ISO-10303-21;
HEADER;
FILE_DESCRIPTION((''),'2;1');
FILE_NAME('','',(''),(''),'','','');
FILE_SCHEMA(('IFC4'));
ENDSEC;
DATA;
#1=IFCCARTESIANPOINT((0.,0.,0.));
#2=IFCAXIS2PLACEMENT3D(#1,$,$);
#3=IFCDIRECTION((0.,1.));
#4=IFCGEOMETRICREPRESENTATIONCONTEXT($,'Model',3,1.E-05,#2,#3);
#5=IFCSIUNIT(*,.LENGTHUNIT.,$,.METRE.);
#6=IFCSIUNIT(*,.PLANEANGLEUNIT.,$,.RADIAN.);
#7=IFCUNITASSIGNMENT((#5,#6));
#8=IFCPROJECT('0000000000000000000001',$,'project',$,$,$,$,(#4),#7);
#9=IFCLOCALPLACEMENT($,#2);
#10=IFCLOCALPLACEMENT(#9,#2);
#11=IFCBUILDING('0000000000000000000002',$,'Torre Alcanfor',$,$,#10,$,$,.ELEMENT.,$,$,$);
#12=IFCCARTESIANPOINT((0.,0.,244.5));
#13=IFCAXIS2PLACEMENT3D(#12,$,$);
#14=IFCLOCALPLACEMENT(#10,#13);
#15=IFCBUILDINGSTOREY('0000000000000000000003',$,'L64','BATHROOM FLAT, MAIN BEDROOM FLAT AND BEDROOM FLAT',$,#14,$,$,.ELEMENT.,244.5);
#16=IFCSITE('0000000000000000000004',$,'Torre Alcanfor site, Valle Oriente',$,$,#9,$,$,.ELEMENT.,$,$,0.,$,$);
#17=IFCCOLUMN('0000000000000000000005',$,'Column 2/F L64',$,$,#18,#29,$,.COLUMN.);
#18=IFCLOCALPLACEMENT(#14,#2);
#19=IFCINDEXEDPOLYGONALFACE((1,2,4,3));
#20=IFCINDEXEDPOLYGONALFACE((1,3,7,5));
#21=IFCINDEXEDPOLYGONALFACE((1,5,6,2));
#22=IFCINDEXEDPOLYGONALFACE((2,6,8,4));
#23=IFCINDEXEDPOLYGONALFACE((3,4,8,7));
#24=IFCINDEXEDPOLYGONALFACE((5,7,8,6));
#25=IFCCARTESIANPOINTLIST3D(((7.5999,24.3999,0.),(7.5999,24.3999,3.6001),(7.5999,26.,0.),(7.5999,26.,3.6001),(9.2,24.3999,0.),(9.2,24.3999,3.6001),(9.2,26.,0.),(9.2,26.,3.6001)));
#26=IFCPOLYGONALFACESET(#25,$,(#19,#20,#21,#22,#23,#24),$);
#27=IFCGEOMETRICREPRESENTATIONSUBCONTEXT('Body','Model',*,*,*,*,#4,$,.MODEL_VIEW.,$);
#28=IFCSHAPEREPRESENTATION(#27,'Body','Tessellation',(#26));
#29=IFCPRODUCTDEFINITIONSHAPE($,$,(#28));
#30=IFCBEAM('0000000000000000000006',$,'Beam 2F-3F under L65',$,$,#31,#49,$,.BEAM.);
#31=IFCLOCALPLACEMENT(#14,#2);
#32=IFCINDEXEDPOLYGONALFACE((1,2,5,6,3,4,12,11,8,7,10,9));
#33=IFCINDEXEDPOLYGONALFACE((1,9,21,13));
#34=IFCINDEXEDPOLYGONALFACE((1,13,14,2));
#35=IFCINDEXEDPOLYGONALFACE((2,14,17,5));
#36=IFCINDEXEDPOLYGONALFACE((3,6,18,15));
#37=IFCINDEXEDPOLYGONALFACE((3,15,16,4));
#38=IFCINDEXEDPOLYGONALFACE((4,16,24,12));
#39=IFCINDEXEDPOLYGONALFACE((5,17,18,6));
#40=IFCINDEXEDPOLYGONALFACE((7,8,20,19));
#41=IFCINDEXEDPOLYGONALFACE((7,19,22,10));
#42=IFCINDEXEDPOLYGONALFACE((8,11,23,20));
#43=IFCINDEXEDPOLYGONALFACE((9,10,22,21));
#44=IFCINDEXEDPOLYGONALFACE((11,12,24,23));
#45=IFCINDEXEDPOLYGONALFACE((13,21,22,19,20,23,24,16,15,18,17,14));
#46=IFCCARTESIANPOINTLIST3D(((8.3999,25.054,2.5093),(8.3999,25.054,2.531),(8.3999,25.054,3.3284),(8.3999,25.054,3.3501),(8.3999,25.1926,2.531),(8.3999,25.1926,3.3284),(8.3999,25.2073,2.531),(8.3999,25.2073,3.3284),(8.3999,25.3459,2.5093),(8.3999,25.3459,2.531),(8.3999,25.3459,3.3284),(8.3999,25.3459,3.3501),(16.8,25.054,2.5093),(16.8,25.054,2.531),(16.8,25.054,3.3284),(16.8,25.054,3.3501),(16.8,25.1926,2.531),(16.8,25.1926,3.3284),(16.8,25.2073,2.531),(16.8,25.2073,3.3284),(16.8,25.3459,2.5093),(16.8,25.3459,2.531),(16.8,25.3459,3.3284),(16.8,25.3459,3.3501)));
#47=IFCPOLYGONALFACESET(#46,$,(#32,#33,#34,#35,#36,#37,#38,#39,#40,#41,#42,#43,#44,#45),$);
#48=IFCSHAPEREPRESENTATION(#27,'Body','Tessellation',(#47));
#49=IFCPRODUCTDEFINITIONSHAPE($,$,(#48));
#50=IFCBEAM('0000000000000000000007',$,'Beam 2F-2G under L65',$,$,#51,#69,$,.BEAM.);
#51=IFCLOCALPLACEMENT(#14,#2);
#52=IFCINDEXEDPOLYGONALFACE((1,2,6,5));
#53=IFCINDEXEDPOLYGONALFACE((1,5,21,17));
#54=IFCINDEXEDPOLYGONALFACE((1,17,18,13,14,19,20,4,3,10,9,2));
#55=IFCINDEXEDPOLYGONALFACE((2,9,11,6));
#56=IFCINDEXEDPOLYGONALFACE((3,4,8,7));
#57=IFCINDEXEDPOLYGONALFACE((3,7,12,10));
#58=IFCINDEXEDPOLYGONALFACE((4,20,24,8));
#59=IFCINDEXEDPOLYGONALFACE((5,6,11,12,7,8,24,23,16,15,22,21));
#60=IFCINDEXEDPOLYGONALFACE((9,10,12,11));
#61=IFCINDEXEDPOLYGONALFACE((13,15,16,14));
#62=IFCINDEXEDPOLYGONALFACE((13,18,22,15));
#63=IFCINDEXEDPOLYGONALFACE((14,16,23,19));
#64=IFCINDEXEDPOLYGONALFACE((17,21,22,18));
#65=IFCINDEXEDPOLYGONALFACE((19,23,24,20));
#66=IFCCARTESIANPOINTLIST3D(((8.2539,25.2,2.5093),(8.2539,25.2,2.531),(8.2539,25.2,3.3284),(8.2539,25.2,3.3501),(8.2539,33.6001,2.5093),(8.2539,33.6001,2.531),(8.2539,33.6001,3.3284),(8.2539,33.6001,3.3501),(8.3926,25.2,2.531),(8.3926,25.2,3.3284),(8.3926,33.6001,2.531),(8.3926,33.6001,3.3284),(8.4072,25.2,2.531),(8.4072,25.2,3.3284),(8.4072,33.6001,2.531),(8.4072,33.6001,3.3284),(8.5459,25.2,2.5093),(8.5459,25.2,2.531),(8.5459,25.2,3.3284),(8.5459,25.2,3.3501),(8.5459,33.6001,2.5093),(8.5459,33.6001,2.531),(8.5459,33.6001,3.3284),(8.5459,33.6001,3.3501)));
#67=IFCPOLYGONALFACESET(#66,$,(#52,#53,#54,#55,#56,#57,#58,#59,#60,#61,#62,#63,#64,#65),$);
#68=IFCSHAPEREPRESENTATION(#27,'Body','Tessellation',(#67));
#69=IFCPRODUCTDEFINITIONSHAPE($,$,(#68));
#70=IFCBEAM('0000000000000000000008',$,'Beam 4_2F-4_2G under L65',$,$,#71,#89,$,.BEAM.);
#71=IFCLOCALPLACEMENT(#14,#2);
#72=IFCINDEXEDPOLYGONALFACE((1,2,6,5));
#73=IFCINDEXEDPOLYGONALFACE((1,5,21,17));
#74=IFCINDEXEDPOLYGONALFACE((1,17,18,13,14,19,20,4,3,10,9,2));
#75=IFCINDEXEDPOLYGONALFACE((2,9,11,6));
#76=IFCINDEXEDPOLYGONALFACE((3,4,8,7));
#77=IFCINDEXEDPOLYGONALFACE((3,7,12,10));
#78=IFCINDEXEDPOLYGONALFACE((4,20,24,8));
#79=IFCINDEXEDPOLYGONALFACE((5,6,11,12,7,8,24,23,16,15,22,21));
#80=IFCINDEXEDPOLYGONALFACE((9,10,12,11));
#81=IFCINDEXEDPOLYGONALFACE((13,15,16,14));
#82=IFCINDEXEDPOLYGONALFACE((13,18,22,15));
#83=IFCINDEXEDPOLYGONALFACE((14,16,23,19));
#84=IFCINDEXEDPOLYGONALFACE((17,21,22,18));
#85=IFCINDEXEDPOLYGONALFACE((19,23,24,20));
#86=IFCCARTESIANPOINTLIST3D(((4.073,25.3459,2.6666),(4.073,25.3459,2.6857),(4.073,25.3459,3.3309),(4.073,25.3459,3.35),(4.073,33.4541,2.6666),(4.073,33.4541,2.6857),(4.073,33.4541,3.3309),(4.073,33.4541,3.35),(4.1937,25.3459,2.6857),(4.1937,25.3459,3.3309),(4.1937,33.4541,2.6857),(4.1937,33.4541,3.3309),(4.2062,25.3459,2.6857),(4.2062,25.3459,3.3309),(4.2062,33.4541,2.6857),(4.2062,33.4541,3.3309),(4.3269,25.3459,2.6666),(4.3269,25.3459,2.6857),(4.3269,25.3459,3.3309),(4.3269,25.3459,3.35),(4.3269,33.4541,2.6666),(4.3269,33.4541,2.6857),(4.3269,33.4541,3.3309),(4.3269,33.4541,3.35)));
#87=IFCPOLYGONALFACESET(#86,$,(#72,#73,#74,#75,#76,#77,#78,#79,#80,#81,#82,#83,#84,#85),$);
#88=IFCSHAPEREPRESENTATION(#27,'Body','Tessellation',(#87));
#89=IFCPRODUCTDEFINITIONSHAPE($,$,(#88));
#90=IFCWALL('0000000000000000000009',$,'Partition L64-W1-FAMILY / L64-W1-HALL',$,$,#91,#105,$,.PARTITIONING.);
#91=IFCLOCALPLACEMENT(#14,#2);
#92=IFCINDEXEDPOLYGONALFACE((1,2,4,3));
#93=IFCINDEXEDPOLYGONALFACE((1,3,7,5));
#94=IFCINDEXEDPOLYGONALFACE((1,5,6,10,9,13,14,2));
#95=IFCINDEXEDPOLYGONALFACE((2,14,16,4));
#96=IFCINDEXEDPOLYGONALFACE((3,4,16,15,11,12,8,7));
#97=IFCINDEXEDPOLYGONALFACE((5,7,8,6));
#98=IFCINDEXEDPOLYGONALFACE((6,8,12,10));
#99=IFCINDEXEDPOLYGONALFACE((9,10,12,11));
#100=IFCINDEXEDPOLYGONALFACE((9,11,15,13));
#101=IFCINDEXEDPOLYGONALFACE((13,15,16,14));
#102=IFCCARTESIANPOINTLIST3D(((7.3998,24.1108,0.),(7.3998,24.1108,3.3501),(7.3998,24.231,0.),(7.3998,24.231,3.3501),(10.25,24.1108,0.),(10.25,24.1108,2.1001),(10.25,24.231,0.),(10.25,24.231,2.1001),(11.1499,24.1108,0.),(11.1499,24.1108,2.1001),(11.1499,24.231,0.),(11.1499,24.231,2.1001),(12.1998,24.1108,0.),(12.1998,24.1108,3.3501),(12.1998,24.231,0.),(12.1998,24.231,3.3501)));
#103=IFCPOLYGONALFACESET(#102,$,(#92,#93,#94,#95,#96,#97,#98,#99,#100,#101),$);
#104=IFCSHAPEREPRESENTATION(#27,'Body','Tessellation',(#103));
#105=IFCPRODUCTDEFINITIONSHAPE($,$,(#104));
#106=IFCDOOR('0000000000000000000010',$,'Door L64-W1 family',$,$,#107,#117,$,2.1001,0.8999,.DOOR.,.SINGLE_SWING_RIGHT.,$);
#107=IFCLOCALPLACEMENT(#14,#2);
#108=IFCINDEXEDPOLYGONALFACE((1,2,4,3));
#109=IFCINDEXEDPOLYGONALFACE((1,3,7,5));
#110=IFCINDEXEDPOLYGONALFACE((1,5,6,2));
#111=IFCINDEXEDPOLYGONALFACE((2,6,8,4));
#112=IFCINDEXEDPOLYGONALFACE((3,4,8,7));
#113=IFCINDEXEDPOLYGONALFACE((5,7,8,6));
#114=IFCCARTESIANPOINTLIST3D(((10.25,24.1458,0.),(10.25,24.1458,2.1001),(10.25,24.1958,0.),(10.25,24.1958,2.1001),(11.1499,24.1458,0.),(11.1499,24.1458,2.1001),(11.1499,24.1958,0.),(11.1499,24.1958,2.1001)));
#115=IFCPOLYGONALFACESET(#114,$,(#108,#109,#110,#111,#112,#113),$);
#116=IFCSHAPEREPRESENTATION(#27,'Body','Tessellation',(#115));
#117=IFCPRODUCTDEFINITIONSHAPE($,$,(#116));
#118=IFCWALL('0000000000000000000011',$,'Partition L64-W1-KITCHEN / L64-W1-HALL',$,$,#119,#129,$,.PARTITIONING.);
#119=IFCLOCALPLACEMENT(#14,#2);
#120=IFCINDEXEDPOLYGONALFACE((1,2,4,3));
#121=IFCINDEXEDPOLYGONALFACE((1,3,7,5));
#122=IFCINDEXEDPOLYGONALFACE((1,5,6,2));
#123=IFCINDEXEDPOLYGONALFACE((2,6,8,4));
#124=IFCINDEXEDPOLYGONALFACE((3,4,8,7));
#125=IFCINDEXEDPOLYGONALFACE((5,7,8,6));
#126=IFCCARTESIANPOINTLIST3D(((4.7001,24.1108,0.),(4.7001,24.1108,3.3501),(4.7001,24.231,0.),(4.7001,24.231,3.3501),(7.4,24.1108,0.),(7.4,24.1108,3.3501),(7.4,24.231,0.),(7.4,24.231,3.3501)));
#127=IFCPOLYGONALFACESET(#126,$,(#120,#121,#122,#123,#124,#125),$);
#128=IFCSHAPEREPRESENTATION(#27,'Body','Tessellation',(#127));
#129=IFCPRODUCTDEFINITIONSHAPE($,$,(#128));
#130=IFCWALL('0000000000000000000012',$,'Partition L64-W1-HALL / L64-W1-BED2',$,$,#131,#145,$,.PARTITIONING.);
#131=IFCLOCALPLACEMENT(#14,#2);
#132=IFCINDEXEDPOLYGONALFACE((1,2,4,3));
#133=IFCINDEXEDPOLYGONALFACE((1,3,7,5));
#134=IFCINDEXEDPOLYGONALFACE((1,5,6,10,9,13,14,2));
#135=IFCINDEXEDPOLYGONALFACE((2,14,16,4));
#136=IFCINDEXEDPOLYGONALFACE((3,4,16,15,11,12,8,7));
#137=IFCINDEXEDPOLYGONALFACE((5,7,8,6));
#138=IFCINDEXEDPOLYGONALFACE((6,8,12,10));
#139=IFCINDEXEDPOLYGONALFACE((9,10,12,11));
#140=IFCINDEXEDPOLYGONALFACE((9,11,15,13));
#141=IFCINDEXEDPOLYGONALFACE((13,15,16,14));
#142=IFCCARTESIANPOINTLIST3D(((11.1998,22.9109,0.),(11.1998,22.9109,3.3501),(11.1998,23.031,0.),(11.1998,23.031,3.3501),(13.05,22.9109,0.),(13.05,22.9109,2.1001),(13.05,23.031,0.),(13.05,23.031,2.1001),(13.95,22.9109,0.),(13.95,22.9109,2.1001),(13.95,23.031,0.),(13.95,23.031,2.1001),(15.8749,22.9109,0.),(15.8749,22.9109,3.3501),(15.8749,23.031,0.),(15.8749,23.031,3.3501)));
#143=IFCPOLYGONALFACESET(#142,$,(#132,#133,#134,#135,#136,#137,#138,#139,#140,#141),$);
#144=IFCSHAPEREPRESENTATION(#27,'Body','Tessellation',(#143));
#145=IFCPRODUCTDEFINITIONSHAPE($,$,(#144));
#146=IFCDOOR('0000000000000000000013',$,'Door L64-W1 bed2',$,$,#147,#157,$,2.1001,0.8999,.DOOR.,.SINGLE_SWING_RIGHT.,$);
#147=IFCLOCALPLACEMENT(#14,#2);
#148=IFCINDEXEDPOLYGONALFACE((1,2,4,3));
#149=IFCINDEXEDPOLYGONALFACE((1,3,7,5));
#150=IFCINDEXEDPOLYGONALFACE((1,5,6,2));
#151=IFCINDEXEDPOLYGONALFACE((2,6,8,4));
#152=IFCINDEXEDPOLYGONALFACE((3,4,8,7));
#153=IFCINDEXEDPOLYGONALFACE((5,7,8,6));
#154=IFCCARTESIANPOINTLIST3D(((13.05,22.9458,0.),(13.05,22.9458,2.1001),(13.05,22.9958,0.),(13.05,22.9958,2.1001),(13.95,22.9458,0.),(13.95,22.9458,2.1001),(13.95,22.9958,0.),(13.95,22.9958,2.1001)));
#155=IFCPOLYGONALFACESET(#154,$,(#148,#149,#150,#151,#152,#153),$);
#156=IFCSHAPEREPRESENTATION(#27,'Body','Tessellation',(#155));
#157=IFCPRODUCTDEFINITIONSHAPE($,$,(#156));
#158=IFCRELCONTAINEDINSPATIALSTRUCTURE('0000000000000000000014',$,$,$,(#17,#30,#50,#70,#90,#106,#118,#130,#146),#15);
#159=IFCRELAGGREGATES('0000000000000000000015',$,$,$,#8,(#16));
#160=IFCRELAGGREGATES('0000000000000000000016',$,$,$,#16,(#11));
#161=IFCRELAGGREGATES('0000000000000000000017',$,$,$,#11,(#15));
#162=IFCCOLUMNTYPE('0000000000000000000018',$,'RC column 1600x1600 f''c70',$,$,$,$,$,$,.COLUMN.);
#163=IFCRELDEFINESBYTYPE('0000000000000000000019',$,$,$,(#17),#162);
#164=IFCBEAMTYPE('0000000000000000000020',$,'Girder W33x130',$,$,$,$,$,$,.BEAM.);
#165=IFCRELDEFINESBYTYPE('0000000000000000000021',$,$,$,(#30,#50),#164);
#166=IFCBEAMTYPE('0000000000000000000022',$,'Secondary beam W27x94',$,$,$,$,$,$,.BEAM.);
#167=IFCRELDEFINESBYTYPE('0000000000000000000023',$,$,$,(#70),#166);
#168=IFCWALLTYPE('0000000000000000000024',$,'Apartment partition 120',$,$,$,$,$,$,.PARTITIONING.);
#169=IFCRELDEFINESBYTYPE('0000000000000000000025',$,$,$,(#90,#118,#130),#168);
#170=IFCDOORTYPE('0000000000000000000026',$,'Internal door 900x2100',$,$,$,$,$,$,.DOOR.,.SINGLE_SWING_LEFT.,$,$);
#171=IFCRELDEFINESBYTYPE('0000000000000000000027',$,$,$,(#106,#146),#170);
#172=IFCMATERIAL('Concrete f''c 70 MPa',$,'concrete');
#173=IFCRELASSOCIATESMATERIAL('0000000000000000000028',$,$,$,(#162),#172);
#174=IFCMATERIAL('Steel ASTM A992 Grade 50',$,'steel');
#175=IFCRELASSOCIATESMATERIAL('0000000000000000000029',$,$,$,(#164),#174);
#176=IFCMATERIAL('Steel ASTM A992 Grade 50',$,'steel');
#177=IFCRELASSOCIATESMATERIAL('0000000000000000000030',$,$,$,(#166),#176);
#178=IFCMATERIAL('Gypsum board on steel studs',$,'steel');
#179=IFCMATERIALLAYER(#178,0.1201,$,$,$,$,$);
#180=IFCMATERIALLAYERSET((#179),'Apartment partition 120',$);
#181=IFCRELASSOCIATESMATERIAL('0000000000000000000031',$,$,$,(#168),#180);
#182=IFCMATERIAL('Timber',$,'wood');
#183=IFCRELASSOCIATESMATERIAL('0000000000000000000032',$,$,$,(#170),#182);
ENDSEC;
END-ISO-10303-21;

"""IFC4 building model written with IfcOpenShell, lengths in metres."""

from ifc_helpers import new_model, si_unit, direction, frame, frame_2d, origin, origin_2d, place, context, subcontext, project, spatial, rectangle, i_section, extrude, material, layer, layer_set, material_profile, profile_set, type_object, element, fill, save


model = new_model("IFC4")

# Units and contexts
model_context = context("Model", 3, precision=1e-05, world=origin(), true_north=direction((0.0, 1.0)))
body_context = subcontext(model_context, "Body", "Model", "MODEL_VIEW")
ifc_project = project(units=[si_unit("LENGTHUNIT", "METRE"), si_unit("PLANEANGLEUNIT", "RADIAN")], contexts=[model_context])

# Site, building, storey
site_placement = place(None, origin())
site = spatial("IfcSite", under=ifc_project, at=site_placement, Name="Torre Alcanfor site, Valle Oriente", CompositionType="ELEMENT", RefElevation=0.0)
building_placement = place(site_placement, origin())
building = spatial("IfcBuilding", under=site, at=building_placement, Name="Torre Alcanfor", CompositionType="ELEMENT")
storey_placement = place(building_placement, frame((0.0, 0.0, 244.5)))
storey = spatial("IfcBuildingStorey", under=building, at=storey_placement, Name="L64", Description="BATHROOM FLAT, MAIN BEDROOM FLAT AND BEDROOM FLAT", CompositionType="ELEMENT", Elevation=244.5)

# Column
ifc_material_1 = material(Name="Concrete f'c 70 MPa", Category="concrete")
ifc_material_profile_1 = material_profile(ifc_material_1, rectangle(XDim=1.6001, YDim=1.6001, at=origin_2d()), Name="1600x1600")
ifc_profile_set_1 = profile_set([ifc_material_profile_1], Name="Concrete f'c 70 MPa")
column_type = type_object("IfcColumnType", Name="RC column 1600x1600 f'c70", PredefinedType="COLUMN", material=ifc_profile_set_1)
column_placement = place(storey_placement, frame((8.3999, 25.2, 0.0), z_axis=(0.0, 0.0, 1.0), x_axis=(1.0, 0.0, 0.0)))
element("IfcColumn", 1, at=column_placement, inside=storey, type_object=column_type, Name="Column 2/F L64", PredefinedType="COLUMN", context=body_context, shape_type="SweptSolid", body=[
    extrude(rectangle(XDim=1.6001, YDim=1.6001, at=origin_2d()), origin(), (0.0, 0.0, 1.0), 3.6001),
])

# Beams
ifc_material_2 = material(Name="Steel ASTM A992 Grade 50", Category="steel")
ifc_material_profile_2 = material_profile(ifc_material_2, i_section(OverallWidth=0.292, OverallDepth=0.8408, WebThickness=0.0146, FlangeThickness=0.0217, at=origin_2d()), Name="W33x130")
ifc_profile_set_2 = profile_set([ifc_material_profile_2], Name="Steel ASTM A992 Grade 50")
beam_type_1 = type_object("IfcBeamType", Name="Girder W33x130", PredefinedType="BEAM", material=ifc_profile_set_2)
for number, where, z_axis, x_axis, name in (
    (2, (8.3999, 25.2, 2.9297), (1.0, 0.0, 0.0), (0.0, 1.0, 0.0), "Beam 2F-3F under L65"),
    (3, (8.3999, 25.2, 2.9297), (0.0, 1.0, 0.0), (-1.0, 0.0, 0.0), "Beam 2F-2G under L65"),
):
    element("IfcBeam", number, at=place(storey_placement, frame(where, z_axis=z_axis, x_axis=x_axis)), inside=storey, type_object=beam_type_1, Name=name, PredefinedType="BEAM", context=body_context, shape_type="SweptSolid", body=[
        extrude(i_section(OverallWidth=0.292, OverallDepth=0.8408, WebThickness=0.0146, FlangeThickness=0.0217, at=origin_2d()), origin(), (0.0, 0.0, 1.0), 8.4001),
    ])
ifc_material_3 = material(Name="Steel ASTM A992 Grade 50", Category="steel")
ifc_material_profile_3 = material_profile(ifc_material_3, i_section(OverallWidth=0.2539, OverallDepth=0.6833, WebThickness=0.0125, FlangeThickness=0.019, at=origin_2d()), Name="W27x94")
ifc_profile_set_3 = profile_set([ifc_material_profile_3], Name="Steel ASTM A992 Grade 50")
beam_type_2 = type_object("IfcBeamType", Name="Secondary beam W27x94", PredefinedType="BEAM", material=ifc_profile_set_3)
beam_placement = place(storey_placement, frame((4.2, 25.3459, 3.0083), z_axis=(0.0, 1.0, 0.0), x_axis=(-1.0, 0.0, 0.0)))
element("IfcBeam", 4, at=beam_placement, inside=storey, type_object=beam_type_2, Name="Beam 4_2F-4_2G under L65", PredefinedType="BEAM", context=body_context, shape_type="SweptSolid", body=[
    extrude(i_section(OverallWidth=0.2539, OverallDepth=0.6833, WebThickness=0.0125, FlangeThickness=0.019, at=origin_2d()), origin(), (0.0, 0.0, 1.0), 8.1082),
])

# Wall, opening, door
ifc_material_4 = material(Name="Gypsum board on steel studs", Category="steel")
ifc_layer_1 = layer(ifc_material_4, 0.1201)
ifc_layer_set_1 = layer_set([ifc_layer_1], Name="Apartment partition 120")
wall_type_1 = type_object("IfcWallType", Name="Apartment partition 120", PredefinedType="PARTITIONING", material=ifc_layer_set_1)
wall_1_placement = place(storey_placement, frame((7.3999, 24.1709, 0.0), z_axis=(0.0, 0.0, 1.0), x_axis=(1.0, 0.0, 0.0)))
wall_1 = element("IfcWall", 5, at=wall_1_placement, inside=storey, type_object=wall_type_1, Name="Partition L64-W1-FAMILY / L64-W1-HALL", PredefinedType="PARTITIONING", context=body_context, shape_type="SweptSolid", body=[
    extrude(rectangle(XDim=4.8, YDim=0.1201, at=frame_2d((2.3999, 0.0))), origin(), (0.0, 0.0, 1.0), 3.3501),
])
opening_1_placement = place(wall_1_placement, frame((2.8501, 0.0, 0.0)))
opening_1 = element("IfcOpeningElement", 6, at=opening_1_placement, cuts=wall_1, PredefinedType="OPENING", context=body_context, shape_type="SweptSolid", body=[
    extrude(rectangle(XDim=0.8999, YDim=2.1001, at=frame_2d((0.45, 1.05))), frame((0.0, 0.0701, 0.0), z_axis=(0.0, -1.0, 0.0), x_axis=(1.0, 0.0, 0.0)), (0.0, 0.0, 1.0), 0.1401),
])
ifc_material_5 = material(Name="Timber", Category="wood")
door_type_1 = type_object("IfcDoorType", Name="Internal door 900x2100", OperationType="SINGLE_SWING_LEFT", PredefinedType="DOOR", material=ifc_material_5)
door_1_placement = place(opening_1_placement, origin())
door_1 = element("IfcDoor", 7, at=door_1_placement, inside=storey, type_object=door_type_1, Name="Door L64-W1 family", OperationType="SINGLE_SWING_RIGHT", OverallHeight=2.1001, OverallWidth=0.8999, PredefinedType="DOOR", context=body_context, shape_type="SweptSolid", body=[
    extrude(rectangle(XDim=0.8999, YDim=2.1001, at=frame_2d((0.45, 1.05))), frame((0.0, 0.0249, 0.0), z_axis=(0.0, -1.0, 0.0), x_axis=(1.0, 0.0, 0.0)), (0.0, 0.0, 1.0), 0.05),
])
fill(opening_1, door_1)

# Wall
wall_2_placement = place(storey_placement, frame((4.7, 24.1709, 0.0), z_axis=(0.0, 0.0, 1.0), x_axis=(1.0, 0.0, 0.0)))
element("IfcWall", 8, at=wall_2_placement, inside=storey, type_object=wall_type_1, Name="Partition L64-W1-KITCHEN / L64-W1-HALL", PredefinedType="PARTITIONING", context=body_context, shape_type="SweptSolid", body=[
    extrude(rectangle(XDim=2.7, YDim=0.1201, at=frame_2d((1.3501, 0.0))), origin(), (0.0, 0.0, 1.0), 3.3501),
])

# Wall, opening, door
wall_3_placement = place(storey_placement, frame((11.2, 22.9709, 0.0), z_axis=(0.0, 0.0, 1.0), x_axis=(1.0, 0.0, 0.0)))
wall_3 = element("IfcWall", 9, at=wall_3_placement, inside=storey, type_object=wall_type_1, Name="Partition L64-W1-HALL / L64-W1-BED2", PredefinedType="PARTITIONING", context=body_context, shape_type="SweptSolid", body=[
    extrude(rectangle(XDim=4.675, YDim=0.1201, at=frame_2d((2.3374, 0.0))), origin(), (0.0, 0.0, 1.0), 3.3501),
])
opening_2_placement = place(wall_3_placement, frame((1.8501, 0.0, 0.0)))
opening_2 = element("IfcOpeningElement", 10, at=opening_2_placement, cuts=wall_3, PredefinedType="OPENING", context=body_context, shape_type="SweptSolid", body=[
    extrude(rectangle(XDim=0.8999, YDim=2.1001, at=frame_2d((0.45, 1.05))), frame((0.0, 0.0701, 0.0), z_axis=(0.0, -1.0, 0.0), x_axis=(1.0, 0.0, 0.0)), (0.0, 0.0, 1.0), 0.1401),
])
door_2_placement = place(opening_2_placement, frame((0.8999, 0.0, 0.0), z_axis=(0.0, 0.0, 1.0), x_axis=(-1.0, 0.0, 0.0)))
door_2 = element("IfcDoor", 11, at=door_2_placement, inside=storey, type_object=door_type_1, Name="Door L64-W1 bed2", OperationType="SINGLE_SWING_RIGHT", OverallHeight=2.1001, OverallWidth=0.8999, PredefinedType="DOOR", context=body_context, shape_type="SweptSolid", body=[
    extrude(rectangle(XDim=0.8999, YDim=2.1001, at=frame_2d((0.45, 1.05))), frame((0.0, 0.0251, 0.0), z_axis=(0.0, -1.0, 0.0), x_axis=(1.0, 0.0, 0.0)), (0.0, 0.0, 1.0), 0.05),
])
fill(opening_2, door_2)

save(model, "model.ifc")
